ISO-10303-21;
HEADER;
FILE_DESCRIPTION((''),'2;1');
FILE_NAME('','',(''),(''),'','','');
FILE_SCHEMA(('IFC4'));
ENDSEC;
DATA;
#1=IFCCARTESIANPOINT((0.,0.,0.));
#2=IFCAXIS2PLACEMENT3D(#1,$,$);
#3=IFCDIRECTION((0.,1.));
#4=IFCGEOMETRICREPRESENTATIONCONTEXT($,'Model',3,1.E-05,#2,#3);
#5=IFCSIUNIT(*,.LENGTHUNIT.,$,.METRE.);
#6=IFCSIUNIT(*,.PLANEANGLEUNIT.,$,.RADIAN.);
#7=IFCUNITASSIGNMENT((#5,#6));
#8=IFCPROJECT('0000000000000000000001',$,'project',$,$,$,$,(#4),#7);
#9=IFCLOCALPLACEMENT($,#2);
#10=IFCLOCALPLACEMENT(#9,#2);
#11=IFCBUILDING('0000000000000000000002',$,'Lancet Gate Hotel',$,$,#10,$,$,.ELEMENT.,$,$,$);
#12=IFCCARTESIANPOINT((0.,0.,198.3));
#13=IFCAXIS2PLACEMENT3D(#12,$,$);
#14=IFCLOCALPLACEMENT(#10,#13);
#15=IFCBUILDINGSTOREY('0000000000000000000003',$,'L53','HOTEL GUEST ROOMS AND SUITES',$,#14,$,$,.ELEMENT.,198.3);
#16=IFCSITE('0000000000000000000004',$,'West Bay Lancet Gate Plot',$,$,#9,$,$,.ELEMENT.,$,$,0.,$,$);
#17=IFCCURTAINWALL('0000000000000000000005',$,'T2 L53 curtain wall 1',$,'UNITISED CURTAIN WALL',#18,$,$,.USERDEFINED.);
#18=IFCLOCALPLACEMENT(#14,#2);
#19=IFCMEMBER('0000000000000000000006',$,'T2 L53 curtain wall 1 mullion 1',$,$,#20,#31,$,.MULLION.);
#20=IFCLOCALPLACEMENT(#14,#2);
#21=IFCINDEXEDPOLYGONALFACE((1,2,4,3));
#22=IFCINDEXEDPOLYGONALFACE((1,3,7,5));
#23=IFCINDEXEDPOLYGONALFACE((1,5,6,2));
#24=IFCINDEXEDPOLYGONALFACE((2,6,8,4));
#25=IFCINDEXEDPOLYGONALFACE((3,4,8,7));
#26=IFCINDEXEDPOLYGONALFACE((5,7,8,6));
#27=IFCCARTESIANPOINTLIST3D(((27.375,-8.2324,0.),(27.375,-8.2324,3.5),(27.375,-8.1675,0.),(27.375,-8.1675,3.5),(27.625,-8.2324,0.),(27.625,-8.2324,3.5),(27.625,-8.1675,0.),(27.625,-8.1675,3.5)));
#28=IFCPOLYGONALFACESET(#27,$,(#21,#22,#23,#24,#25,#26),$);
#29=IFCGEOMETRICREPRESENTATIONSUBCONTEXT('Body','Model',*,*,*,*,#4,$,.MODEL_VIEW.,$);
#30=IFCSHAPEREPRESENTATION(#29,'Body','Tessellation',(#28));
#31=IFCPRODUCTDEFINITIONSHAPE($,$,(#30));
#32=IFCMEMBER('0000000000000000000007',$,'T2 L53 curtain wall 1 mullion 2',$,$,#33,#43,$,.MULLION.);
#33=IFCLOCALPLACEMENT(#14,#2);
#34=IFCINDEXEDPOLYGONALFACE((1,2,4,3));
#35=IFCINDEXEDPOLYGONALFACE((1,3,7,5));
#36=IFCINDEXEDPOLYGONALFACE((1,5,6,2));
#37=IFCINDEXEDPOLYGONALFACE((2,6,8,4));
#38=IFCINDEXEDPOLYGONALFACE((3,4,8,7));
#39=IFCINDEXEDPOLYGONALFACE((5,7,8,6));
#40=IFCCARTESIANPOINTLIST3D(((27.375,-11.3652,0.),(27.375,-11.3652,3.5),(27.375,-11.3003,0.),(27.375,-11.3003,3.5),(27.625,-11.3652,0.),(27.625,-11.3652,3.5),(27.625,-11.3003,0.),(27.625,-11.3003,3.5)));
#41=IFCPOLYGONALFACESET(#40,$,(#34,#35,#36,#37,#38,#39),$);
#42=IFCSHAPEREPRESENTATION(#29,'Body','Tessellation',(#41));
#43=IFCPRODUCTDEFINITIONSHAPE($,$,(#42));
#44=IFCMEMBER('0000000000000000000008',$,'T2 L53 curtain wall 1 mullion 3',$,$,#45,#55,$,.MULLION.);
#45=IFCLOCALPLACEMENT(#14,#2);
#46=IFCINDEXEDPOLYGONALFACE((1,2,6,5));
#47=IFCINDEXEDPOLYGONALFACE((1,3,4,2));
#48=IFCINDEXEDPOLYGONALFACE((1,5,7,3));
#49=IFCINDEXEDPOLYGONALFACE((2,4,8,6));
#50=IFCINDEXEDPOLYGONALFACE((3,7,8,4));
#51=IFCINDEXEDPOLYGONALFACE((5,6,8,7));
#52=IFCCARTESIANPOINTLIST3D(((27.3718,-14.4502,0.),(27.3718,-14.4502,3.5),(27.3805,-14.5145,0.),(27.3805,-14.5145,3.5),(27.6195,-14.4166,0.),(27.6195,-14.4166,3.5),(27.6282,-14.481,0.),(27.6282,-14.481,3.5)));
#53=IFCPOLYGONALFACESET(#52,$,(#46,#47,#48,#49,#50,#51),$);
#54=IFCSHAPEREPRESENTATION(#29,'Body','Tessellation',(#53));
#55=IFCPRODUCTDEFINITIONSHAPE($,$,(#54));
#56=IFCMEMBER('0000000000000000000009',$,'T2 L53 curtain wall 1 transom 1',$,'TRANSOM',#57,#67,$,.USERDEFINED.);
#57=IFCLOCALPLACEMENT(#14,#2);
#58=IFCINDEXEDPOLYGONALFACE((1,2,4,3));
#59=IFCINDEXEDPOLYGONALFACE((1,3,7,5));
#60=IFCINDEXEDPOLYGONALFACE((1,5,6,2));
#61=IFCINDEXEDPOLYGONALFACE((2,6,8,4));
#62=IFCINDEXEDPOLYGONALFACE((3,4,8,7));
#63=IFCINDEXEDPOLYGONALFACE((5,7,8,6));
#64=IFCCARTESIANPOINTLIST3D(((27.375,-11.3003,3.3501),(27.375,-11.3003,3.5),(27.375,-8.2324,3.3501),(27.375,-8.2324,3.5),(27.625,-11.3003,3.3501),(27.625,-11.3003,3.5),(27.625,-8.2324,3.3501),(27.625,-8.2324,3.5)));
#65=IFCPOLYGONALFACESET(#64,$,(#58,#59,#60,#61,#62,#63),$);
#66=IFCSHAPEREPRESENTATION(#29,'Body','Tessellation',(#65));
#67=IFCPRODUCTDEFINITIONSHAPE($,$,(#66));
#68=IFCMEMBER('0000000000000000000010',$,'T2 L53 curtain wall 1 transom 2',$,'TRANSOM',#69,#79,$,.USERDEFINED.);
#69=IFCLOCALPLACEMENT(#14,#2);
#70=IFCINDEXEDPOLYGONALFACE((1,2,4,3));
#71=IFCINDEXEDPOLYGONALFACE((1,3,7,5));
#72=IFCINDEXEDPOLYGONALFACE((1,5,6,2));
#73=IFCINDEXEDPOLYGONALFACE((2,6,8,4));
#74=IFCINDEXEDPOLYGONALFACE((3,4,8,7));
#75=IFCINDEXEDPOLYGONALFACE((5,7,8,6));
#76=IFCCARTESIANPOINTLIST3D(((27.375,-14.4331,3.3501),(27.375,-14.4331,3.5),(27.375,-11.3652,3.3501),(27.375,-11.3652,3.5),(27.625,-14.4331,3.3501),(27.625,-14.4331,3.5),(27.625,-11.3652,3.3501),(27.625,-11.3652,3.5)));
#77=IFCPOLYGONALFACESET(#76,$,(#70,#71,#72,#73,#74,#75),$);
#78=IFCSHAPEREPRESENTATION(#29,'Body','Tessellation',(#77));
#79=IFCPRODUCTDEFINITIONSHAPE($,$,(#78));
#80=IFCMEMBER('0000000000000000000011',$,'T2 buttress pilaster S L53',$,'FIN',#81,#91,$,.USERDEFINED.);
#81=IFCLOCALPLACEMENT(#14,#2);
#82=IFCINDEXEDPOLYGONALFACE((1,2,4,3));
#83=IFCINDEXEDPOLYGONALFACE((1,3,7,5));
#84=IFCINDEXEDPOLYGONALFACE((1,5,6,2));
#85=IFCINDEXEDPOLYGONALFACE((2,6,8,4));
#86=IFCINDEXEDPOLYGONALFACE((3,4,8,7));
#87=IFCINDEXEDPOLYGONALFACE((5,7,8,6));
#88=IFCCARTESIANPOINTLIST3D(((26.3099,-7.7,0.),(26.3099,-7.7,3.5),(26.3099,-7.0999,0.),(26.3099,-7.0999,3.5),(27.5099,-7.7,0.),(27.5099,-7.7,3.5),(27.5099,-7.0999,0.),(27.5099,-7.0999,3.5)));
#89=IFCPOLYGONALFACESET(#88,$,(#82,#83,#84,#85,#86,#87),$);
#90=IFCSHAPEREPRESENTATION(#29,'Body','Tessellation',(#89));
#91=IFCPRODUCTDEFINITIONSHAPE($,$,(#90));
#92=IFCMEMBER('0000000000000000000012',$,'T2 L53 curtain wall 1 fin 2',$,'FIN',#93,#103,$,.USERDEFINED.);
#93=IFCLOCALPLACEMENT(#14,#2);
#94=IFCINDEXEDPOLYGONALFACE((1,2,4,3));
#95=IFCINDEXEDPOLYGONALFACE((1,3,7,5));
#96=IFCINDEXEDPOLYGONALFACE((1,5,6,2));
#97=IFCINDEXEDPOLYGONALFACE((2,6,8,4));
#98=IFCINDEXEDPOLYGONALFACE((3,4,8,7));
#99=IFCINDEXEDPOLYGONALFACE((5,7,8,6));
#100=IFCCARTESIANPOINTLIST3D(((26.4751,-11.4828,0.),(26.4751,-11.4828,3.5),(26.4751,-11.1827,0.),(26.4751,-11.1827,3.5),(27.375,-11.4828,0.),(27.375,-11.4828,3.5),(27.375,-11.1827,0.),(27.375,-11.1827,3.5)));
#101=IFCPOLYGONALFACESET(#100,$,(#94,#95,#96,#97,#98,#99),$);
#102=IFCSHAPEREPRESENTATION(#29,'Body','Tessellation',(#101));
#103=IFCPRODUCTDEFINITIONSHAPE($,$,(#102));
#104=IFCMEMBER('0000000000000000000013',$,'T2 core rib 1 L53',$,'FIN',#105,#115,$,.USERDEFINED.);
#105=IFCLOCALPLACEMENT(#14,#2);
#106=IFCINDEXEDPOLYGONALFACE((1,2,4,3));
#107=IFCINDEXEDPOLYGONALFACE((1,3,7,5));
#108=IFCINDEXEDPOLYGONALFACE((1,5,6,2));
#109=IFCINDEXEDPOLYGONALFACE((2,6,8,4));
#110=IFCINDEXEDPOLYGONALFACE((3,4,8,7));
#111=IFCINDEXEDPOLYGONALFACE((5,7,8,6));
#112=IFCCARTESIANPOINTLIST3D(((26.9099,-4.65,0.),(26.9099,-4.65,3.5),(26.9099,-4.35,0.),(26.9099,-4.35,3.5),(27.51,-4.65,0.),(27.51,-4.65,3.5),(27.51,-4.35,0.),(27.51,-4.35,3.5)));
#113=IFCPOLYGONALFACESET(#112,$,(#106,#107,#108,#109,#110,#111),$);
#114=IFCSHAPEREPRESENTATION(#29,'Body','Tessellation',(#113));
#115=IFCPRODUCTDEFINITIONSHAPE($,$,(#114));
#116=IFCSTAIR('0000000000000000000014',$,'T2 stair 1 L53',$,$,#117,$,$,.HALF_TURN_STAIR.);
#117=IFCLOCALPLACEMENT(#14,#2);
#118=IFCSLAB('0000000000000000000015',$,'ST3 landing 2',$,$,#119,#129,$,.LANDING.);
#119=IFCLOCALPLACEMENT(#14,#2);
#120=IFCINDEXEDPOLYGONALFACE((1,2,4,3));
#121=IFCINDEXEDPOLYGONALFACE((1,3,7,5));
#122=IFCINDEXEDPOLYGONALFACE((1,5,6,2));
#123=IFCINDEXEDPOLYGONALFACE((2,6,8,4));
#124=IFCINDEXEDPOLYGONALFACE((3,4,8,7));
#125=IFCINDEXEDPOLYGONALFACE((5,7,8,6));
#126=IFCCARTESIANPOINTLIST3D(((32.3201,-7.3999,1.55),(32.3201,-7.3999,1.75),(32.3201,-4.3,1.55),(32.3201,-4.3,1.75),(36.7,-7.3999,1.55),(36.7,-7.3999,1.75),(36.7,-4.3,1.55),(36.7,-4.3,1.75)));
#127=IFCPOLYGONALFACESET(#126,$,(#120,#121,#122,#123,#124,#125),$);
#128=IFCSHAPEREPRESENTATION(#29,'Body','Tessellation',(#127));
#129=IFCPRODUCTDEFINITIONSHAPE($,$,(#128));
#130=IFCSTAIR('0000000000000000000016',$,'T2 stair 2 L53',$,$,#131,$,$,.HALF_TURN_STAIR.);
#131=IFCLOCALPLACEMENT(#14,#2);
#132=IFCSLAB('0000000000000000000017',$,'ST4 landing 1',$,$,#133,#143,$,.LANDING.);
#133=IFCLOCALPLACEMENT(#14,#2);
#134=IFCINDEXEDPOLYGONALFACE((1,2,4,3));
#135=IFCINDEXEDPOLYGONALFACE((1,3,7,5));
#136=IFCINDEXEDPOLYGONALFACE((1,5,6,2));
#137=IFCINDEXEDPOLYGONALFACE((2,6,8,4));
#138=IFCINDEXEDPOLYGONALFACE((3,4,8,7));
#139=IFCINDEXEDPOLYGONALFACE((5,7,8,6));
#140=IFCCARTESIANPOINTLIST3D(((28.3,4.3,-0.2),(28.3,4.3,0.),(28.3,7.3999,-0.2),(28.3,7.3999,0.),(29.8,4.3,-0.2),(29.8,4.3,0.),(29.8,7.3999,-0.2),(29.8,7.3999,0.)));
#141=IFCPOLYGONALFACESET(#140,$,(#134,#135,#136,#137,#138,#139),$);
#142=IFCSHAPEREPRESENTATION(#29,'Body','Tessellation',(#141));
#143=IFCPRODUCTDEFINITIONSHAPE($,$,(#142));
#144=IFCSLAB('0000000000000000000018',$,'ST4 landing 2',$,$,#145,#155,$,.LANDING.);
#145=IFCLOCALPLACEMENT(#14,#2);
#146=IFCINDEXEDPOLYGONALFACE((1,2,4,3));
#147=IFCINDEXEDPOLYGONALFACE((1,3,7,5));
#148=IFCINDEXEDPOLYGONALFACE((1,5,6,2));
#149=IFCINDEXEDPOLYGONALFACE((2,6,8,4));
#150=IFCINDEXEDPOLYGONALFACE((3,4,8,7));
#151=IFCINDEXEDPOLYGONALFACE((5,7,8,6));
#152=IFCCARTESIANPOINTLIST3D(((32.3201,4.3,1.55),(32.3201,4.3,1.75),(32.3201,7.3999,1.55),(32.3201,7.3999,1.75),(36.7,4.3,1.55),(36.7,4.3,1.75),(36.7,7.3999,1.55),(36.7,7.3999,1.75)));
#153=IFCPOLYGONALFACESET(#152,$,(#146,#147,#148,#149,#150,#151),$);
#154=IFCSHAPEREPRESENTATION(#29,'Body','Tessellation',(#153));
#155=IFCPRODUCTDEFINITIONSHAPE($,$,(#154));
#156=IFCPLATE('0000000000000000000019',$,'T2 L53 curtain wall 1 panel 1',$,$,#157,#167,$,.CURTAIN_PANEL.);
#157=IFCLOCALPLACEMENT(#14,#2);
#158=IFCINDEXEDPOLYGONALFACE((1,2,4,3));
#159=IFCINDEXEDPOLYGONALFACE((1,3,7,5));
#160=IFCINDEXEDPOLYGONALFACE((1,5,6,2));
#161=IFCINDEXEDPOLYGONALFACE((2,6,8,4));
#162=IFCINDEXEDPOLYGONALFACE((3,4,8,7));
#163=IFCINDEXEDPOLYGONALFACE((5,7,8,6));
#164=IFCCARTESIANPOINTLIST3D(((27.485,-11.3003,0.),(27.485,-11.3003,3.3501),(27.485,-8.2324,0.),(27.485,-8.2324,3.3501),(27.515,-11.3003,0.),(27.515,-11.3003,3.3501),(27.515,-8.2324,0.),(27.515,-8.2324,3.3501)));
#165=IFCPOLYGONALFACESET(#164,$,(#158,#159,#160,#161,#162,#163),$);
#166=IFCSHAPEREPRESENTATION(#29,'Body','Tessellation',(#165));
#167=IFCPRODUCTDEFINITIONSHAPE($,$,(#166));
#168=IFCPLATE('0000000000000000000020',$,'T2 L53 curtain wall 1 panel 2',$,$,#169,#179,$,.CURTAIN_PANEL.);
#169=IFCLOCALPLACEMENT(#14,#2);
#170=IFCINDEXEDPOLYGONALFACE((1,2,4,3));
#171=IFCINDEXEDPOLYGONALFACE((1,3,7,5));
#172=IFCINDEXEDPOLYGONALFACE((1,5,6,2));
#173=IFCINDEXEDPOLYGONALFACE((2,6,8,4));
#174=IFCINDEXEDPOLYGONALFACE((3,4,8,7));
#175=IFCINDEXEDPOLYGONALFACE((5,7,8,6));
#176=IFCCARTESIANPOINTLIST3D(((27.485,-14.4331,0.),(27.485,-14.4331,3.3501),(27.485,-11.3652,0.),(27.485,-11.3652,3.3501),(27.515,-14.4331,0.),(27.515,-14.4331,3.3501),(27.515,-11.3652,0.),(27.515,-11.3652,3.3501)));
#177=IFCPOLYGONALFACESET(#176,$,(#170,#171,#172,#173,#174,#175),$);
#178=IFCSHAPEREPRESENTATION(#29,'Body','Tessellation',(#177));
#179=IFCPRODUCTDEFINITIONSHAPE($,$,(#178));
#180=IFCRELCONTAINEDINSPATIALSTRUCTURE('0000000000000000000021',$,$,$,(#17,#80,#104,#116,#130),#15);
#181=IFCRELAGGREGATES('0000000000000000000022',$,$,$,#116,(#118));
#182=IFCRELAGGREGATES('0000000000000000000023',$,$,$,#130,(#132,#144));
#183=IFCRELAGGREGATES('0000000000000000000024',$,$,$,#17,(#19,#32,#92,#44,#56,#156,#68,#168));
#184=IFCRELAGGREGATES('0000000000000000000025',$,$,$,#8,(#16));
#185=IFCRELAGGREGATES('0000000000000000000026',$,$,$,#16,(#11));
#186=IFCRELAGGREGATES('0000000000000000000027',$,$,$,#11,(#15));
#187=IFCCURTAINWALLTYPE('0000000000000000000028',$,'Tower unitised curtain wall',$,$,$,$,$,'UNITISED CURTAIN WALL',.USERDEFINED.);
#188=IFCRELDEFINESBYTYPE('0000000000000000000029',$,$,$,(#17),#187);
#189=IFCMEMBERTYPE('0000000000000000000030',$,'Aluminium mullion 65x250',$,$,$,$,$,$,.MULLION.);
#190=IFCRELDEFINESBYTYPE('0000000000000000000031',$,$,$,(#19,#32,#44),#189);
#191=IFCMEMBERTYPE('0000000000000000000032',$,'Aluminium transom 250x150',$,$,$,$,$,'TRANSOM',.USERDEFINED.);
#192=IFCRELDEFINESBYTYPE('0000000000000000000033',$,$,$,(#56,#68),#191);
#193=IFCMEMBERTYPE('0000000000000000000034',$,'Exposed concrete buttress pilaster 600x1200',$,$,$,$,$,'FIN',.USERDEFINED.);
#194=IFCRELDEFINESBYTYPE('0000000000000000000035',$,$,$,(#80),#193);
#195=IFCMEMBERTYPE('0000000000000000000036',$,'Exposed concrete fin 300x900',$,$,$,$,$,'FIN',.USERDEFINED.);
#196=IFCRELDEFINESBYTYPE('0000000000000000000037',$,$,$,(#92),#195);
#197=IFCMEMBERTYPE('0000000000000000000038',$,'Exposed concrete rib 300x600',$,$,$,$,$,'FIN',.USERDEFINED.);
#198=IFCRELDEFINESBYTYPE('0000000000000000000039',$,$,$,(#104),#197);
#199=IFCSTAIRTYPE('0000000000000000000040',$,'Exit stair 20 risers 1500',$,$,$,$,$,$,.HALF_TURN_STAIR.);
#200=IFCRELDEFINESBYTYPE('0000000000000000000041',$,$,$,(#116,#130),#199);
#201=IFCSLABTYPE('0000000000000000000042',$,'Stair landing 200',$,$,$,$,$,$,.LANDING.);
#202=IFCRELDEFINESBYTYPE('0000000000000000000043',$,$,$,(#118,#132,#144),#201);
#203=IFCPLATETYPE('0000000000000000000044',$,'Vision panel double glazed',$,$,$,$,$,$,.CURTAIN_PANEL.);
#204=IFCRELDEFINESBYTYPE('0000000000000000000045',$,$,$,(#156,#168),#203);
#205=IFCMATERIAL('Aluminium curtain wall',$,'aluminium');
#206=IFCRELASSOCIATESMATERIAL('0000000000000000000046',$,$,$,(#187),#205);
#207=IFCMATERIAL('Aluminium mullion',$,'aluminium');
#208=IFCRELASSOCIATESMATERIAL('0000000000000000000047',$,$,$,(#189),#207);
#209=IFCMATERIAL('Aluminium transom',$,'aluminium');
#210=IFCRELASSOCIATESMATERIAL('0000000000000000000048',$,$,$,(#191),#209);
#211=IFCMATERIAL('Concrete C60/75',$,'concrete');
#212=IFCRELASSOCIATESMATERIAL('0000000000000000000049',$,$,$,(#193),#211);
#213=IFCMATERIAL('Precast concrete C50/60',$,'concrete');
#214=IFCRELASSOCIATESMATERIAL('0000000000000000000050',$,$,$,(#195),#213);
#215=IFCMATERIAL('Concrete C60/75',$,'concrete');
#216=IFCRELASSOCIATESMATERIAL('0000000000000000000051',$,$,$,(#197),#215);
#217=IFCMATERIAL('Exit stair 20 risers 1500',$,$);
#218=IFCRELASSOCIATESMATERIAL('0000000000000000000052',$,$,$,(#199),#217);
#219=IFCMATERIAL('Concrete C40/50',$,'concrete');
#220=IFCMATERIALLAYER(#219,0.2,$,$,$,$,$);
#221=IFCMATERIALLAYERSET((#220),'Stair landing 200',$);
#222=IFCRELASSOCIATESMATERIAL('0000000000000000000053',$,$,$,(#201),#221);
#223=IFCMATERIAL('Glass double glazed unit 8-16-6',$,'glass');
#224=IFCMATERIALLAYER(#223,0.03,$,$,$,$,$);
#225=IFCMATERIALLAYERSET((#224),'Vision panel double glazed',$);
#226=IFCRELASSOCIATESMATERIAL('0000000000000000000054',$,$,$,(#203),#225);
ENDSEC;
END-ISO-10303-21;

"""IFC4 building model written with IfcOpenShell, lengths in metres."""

from ifc_helpers import new_model, si_unit, direction, frame, origin, origin_2d, place, context, subcontext, project, spatial, polyline, rectangle, outline, extrude, material, layer, layer_set, material_profile, profile_set, type_object, element, aggregate, save


model = new_model("IFC4")

# Units and contexts
model_context = context("Model", 3, precision=1e-05, world=origin(), true_north=direction((0.0, 1.0)))
body_context = subcontext(model_context, "Body", "Model", "MODEL_VIEW")
ifc_project = project(units=[si_unit("LENGTHUNIT", "METRE"), si_unit("PLANEANGLEUNIT", "RADIAN")], contexts=[model_context])

# Site, building, storey
site_placement = place(None, origin())
site = spatial("IfcSite", under=ifc_project, at=site_placement, Name="West Bay Lancet Gate Plot", CompositionType="ELEMENT", RefElevation=0.0)
building_placement = place(site_placement, origin())
building = spatial("IfcBuilding", under=site, at=building_placement, Name="Lancet Gate Hotel", CompositionType="ELEMENT")
storey_placement = place(building_placement, frame((0.0, 0.0, 198.3)))
storey = spatial("IfcBuildingStorey", under=building, at=storey_placement, Name="L53", Description="HOTEL GUEST ROOMS AND SUITES", CompositionType="ELEMENT", Elevation=198.3)

# Curtain wall, members
ifc_material_1 = material(Name="Aluminium curtain wall", Category="aluminium")
curtain_wall_type = type_object("IfcCurtainWallType", Name="Tower unitised curtain wall", ElementType="UNITISED CURTAIN WALL", PredefinedType="USERDEFINED", material=ifc_material_1)
curtain_wall_placement = place(storey_placement, origin())
curtain_wall = element("IfcCurtainWall", 1, at=curtain_wall_placement, inside=storey, type_object=curtain_wall_type, Name="T2 L53 curtain wall 1", ObjectType="UNITISED CURTAIN WALL", PredefinedType="USERDEFINED")
ifc_material_2 = material(Name="Aluminium mullion", Category="aluminium")
ifc_material_profile_1 = material_profile(ifc_material_2, rectangle(XDim=0.0649, YDim=0.25, at=origin_2d()), Name="MULLION 65x250")
ifc_profile_set_1 = profile_set([ifc_material_profile_1], Name="Aluminium mullion")
member_type_1 = type_object("IfcMemberType", Name="Aluminium mullion 65x250", PredefinedType="MULLION", material=ifc_profile_set_1)
member_1_placement = place(storey_placement, frame((27.5, -8.2, 0.0), z_axis=(0.0, 0.0, 1.0), x_axis=(0.0, -1.0, 0.0)))
member_1 = element("IfcMember", 2, at=member_1_placement, type_object=member_type_1, Name="T2 L53 curtain wall 1 mullion 1", PredefinedType="MULLION", context=body_context, shape_type="SweptSolid", body=[
    extrude(rectangle(XDim=0.0649, YDim=0.25, at=origin_2d()), origin(), (0.0, 0.0, 1.0), 3.5),
])
member_2_placement = place(storey_placement, frame((27.5, -11.3328, 0.0), z_axis=(0.0, 0.0, 1.0), x_axis=(0.0, -1.0, 0.0)))
member_2 = element("IfcMember", 3, at=member_2_placement, type_object=member_type_1, Name="T2 L53 curtain wall 1 mullion 2", PredefinedType="MULLION", context=body_context, shape_type="SweptSolid", body=[
    extrude(rectangle(XDim=0.0649, YDim=0.25, at=origin_2d()), origin(), (0.0, 0.0, 1.0), 3.5),
])
member_3_placement = place(storey_placement, frame((27.5, -14.4656, 0.0), z_axis=(0.0, 0.0, 1.0), x_axis=(0.134207, -0.990953, 0.0)))
member_3 = element("IfcMember", 4, at=member_3_placement, type_object=member_type_1, Name="T2 L53 curtain wall 1 mullion 3", PredefinedType="MULLION", context=body_context, shape_type="SweptSolid", body=[
    extrude(rectangle(XDim=0.0649, YDim=0.25, at=origin_2d()), origin(), (0.0, 0.0, 1.0), 3.5),
])
ifc_material_3 = material(Name="Aluminium transom", Category="aluminium")
ifc_material_profile_2 = material_profile(ifc_material_3, rectangle(XDim=0.25, YDim=0.1499, at=origin_2d()), Name="TRANSOM 250x150")
ifc_profile_set_2 = profile_set([ifc_material_profile_2], Name="Aluminium transom")
member_type_2 = type_object("IfcMemberType", Name="Aluminium transom 250x150", ElementType="TRANSOM", PredefinedType="USERDEFINED", material=ifc_profile_set_2)
member_4_placement = place(storey_placement, frame((27.5, -8.2324, 3.425), z_axis=(0.0, -1.0, 0.0), x_axis=(1.0, 0.0, 0.0)))
member_4 = element("IfcMember", 5, at=member_4_placement, type_object=member_type_2, Name="T2 L53 curtain wall 1 transom 1", ObjectType="TRANSOM", PredefinedType="USERDEFINED", context=body_context, shape_type="SweptSolid", body=[
    extrude(rectangle(XDim=0.25, YDim=0.1499, at=origin_2d()), origin(), (0.0, 0.0, 1.0), 3.0679),
])
member_5_placement = place(storey_placement, frame((27.5, -11.3652, 3.425), z_axis=(0.0, -1.0, 0.0), x_axis=(1.0, 0.0, 0.0)))
member_5 = element("IfcMember", 6, at=member_5_placement, type_object=member_type_2, Name="T2 L53 curtain wall 1 transom 2", ObjectType="TRANSOM", PredefinedType="USERDEFINED", context=body_context, shape_type="SweptSolid", body=[
    extrude(rectangle(XDim=0.25, YDim=0.1499, at=origin_2d()), origin(), (0.0, 0.0, 1.0), 3.0679),
])

# Members
ifc_material_4 = material(Name="Concrete C60/75", Category="concrete")
ifc_material_profile_3 = material_profile(ifc_material_4, rectangle(XDim=0.6001, YDim=1.2, at=origin_2d()), Name="FIN 600x1200")
ifc_profile_set_3 = profile_set([ifc_material_profile_3], Name="Concrete C60/75")
member_type_3 = type_object("IfcMemberType", Name="Exposed concrete buttress pilaster 600x1200", ElementType="FIN", PredefinedType="USERDEFINED", material=ifc_profile_set_3)
member_6_placement = place(storey_placement, frame((26.9099, -7.3999, 0.0), z_axis=(0.0, 0.0, 1.0), x_axis=(0.0, 1.0, 0.0)))
element("IfcMember", 7, at=member_6_placement, inside=storey, type_object=member_type_3, Name="T2 buttress pilaster S L53", ObjectType="FIN", PredefinedType="USERDEFINED", context=body_context, shape_type="SweptSolid", body=[
    extrude(rectangle(XDim=0.6001, YDim=1.2, at=origin_2d()), origin(), (0.0, 0.0, 1.0), 3.5),
])
ifc_material_5 = material(Name="Precast concrete C50/60", Category="concrete")
ifc_material_profile_4 = material_profile(ifc_material_5, rectangle(XDim=0.3, YDim=0.8999, at=origin_2d()), Name="FIN 300x900")
ifc_profile_set_4 = profile_set([ifc_material_profile_4], Name="Precast concrete C50/60")
member_type_4 = type_object("IfcMemberType", Name="Exposed concrete fin 300x900", ElementType="FIN", PredefinedType="USERDEFINED", material=ifc_profile_set_4)
member_7_placement = place(storey_placement, frame((26.925, -11.3328, 0.0), z_axis=(0.0, 0.0, 1.0), x_axis=(0.0, -1.0, 0.0)))
member_7 = element("IfcMember", 8, at=member_7_placement, type_object=member_type_4, Name="T2 L53 curtain wall 1 fin 2", ObjectType="FIN", PredefinedType="USERDEFINED", context=body_context, shape_type="SweptSolid", body=[
    extrude(rectangle(XDim=0.3, YDim=0.8999, at=origin_2d()), origin(), (0.0, 0.0, 1.0), 3.5),
])
ifc_material_6 = material(Name="Concrete C60/75", Category="concrete")
ifc_material_profile_5 = material_profile(ifc_material_6, rectangle(XDim=0.3, YDim=0.6001, at=origin_2d()), Name="FIN 300x600")
ifc_profile_set_5 = profile_set([ifc_material_profile_5], Name="Concrete C60/75")
member_type_5 = type_object("IfcMemberType", Name="Exposed concrete rib 300x600", ElementType="FIN", PredefinedType="USERDEFINED", material=ifc_profile_set_5)
member_8_placement = place(storey_placement, frame((27.21, -4.5, 0.0), z_axis=(0.0, 0.0, 1.0), x_axis=(0.0, 1.0, 0.0)))
element("IfcMember", 9, at=member_8_placement, inside=storey, type_object=member_type_5, Name="T2 core rib 1 L53", ObjectType="FIN", PredefinedType="USERDEFINED", context=body_context, shape_type="SweptSolid", body=[
    extrude(rectangle(XDim=0.3, YDim=0.6001, at=origin_2d()), origin(), (0.0, 0.0, 1.0), 3.5),
])

# Stair, slab
ifc_material_7 = material(Name="Exit stair 20 risers 1500")
stair_type = type_object("IfcStairType", Name="Exit stair 20 risers 1500", PredefinedType="HALF_TURN_STAIR", material=ifc_material_7)
stair_1_placement = place(storey_placement, origin())
stair_1 = element("IfcStair", 10, at=stair_1_placement, inside=storey, type_object=stair_type, Name="T2 stair 1 L53", PredefinedType="HALF_TURN_STAIR")
ifc_material_8 = material(Name="Concrete C40/50", Category="concrete")
ifc_layer_1 = layer(ifc_material_8, 0.2)
ifc_layer_set_1 = layer_set([ifc_layer_1], Name="Stair landing 200")
slab_type = type_object("IfcSlabType", Name="Stair landing 200", PredefinedType="LANDING", material=ifc_layer_set_1)
slab_1_placement = place(storey_placement, frame((0.0, 0.0, 1.55)))
slab_1 = element("IfcSlab", 11, at=slab_1_placement, type_object=slab_type, Name="ST3 landing 2", PredefinedType="LANDING", context=body_context, shape_type="SweptSolid", body=[
    extrude(outline(polyline([(32.3201, -7.3999), (36.7, -7.3999), (36.7, -4.3), (32.3201, -4.3), (32.3201, -7.3999)])), origin(), (0.0, 0.0, 1.0), 0.2),
])
aggregate(stair_1, [slab_1])

# Stair, slabs
stair_2_placement = place(storey_placement, origin())
stair_2 = element("IfcStair", 12, at=stair_2_placement, inside=storey, type_object=stair_type, Name="T2 stair 2 L53", PredefinedType="HALF_TURN_STAIR")
slab_2_placement = place(storey_placement, frame((0.0, 0.0, -0.2)))
slab_2 = element("IfcSlab", 13, at=slab_2_placement, type_object=slab_type, Name="ST4 landing 1", PredefinedType="LANDING", context=body_context, shape_type="SweptSolid", body=[
    extrude(outline(polyline([(28.3, 4.3), (29.8, 4.3), (29.8, 7.3999), (28.3, 7.3999), (28.3, 4.3)])), origin(), (0.0, 0.0, 1.0), 0.2),
])
slab_3_placement = place(storey_placement, frame((0.0, 0.0, 1.55)))
slab_3 = element("IfcSlab", 14, at=slab_3_placement, type_object=slab_type, Name="ST4 landing 2", PredefinedType="LANDING", context=body_context, shape_type="SweptSolid", body=[
    extrude(outline(polyline([(32.3201, 4.3), (36.7, 4.3), (36.7, 7.3999), (32.3201, 7.3999), (32.3201, 4.3)])), origin(), (0.0, 0.0, 1.0), 0.2),
])
aggregate(stair_2, [slab_2, slab_3])

# Plates
ifc_material_9 = material(Name="Glass double glazed unit 8-16-6", Category="glass")
ifc_layer_2 = layer(ifc_material_9, 0.03)
ifc_layer_set_2 = layer_set([ifc_layer_2], Name="Vision panel double glazed")
plate_type = type_object("IfcPlateType", Name="Vision panel double glazed", PredefinedType="CURTAIN_PANEL", material=ifc_layer_set_2)
plate_1_placement = place(storey_placement, frame((27.5, -9.7664, 0.0), z_axis=(0.0, 0.0, 1.0), x_axis=(0.0, -1.0, 0.0)))
plate_1 = element("IfcPlate", 15, at=plate_1_placement, type_object=plate_type, Name="T2 L53 curtain wall 1 panel 1", PredefinedType="CURTAIN_PANEL", context=body_context, shape_type="SweptSolid", body=[
    extrude(rectangle(XDim=3.0679, YDim=0.03, at=origin_2d()), origin(), (0.0, 0.0, 1.0), 3.3501),
])
plate_2_placement = place(storey_placement, frame((27.5, -12.8992, 0.0), z_axis=(0.0, 0.0, 1.0), x_axis=(0.0, -1.0, 0.0)))
plate_2 = element("IfcPlate", 16, at=plate_2_placement, type_object=plate_type, Name="T2 L53 curtain wall 1 panel 2", PredefinedType="CURTAIN_PANEL", context=body_context, shape_type="SweptSolid", body=[
    extrude(rectangle(XDim=3.0679, YDim=0.03, at=origin_2d()), origin(), (0.0, 0.0, 1.0), 3.3501),
])
aggregate(curtain_wall, [member_1, member_2, member_7, member_3, member_4, plate_1, member_5, plate_2])

save(model, "model.ifc")
